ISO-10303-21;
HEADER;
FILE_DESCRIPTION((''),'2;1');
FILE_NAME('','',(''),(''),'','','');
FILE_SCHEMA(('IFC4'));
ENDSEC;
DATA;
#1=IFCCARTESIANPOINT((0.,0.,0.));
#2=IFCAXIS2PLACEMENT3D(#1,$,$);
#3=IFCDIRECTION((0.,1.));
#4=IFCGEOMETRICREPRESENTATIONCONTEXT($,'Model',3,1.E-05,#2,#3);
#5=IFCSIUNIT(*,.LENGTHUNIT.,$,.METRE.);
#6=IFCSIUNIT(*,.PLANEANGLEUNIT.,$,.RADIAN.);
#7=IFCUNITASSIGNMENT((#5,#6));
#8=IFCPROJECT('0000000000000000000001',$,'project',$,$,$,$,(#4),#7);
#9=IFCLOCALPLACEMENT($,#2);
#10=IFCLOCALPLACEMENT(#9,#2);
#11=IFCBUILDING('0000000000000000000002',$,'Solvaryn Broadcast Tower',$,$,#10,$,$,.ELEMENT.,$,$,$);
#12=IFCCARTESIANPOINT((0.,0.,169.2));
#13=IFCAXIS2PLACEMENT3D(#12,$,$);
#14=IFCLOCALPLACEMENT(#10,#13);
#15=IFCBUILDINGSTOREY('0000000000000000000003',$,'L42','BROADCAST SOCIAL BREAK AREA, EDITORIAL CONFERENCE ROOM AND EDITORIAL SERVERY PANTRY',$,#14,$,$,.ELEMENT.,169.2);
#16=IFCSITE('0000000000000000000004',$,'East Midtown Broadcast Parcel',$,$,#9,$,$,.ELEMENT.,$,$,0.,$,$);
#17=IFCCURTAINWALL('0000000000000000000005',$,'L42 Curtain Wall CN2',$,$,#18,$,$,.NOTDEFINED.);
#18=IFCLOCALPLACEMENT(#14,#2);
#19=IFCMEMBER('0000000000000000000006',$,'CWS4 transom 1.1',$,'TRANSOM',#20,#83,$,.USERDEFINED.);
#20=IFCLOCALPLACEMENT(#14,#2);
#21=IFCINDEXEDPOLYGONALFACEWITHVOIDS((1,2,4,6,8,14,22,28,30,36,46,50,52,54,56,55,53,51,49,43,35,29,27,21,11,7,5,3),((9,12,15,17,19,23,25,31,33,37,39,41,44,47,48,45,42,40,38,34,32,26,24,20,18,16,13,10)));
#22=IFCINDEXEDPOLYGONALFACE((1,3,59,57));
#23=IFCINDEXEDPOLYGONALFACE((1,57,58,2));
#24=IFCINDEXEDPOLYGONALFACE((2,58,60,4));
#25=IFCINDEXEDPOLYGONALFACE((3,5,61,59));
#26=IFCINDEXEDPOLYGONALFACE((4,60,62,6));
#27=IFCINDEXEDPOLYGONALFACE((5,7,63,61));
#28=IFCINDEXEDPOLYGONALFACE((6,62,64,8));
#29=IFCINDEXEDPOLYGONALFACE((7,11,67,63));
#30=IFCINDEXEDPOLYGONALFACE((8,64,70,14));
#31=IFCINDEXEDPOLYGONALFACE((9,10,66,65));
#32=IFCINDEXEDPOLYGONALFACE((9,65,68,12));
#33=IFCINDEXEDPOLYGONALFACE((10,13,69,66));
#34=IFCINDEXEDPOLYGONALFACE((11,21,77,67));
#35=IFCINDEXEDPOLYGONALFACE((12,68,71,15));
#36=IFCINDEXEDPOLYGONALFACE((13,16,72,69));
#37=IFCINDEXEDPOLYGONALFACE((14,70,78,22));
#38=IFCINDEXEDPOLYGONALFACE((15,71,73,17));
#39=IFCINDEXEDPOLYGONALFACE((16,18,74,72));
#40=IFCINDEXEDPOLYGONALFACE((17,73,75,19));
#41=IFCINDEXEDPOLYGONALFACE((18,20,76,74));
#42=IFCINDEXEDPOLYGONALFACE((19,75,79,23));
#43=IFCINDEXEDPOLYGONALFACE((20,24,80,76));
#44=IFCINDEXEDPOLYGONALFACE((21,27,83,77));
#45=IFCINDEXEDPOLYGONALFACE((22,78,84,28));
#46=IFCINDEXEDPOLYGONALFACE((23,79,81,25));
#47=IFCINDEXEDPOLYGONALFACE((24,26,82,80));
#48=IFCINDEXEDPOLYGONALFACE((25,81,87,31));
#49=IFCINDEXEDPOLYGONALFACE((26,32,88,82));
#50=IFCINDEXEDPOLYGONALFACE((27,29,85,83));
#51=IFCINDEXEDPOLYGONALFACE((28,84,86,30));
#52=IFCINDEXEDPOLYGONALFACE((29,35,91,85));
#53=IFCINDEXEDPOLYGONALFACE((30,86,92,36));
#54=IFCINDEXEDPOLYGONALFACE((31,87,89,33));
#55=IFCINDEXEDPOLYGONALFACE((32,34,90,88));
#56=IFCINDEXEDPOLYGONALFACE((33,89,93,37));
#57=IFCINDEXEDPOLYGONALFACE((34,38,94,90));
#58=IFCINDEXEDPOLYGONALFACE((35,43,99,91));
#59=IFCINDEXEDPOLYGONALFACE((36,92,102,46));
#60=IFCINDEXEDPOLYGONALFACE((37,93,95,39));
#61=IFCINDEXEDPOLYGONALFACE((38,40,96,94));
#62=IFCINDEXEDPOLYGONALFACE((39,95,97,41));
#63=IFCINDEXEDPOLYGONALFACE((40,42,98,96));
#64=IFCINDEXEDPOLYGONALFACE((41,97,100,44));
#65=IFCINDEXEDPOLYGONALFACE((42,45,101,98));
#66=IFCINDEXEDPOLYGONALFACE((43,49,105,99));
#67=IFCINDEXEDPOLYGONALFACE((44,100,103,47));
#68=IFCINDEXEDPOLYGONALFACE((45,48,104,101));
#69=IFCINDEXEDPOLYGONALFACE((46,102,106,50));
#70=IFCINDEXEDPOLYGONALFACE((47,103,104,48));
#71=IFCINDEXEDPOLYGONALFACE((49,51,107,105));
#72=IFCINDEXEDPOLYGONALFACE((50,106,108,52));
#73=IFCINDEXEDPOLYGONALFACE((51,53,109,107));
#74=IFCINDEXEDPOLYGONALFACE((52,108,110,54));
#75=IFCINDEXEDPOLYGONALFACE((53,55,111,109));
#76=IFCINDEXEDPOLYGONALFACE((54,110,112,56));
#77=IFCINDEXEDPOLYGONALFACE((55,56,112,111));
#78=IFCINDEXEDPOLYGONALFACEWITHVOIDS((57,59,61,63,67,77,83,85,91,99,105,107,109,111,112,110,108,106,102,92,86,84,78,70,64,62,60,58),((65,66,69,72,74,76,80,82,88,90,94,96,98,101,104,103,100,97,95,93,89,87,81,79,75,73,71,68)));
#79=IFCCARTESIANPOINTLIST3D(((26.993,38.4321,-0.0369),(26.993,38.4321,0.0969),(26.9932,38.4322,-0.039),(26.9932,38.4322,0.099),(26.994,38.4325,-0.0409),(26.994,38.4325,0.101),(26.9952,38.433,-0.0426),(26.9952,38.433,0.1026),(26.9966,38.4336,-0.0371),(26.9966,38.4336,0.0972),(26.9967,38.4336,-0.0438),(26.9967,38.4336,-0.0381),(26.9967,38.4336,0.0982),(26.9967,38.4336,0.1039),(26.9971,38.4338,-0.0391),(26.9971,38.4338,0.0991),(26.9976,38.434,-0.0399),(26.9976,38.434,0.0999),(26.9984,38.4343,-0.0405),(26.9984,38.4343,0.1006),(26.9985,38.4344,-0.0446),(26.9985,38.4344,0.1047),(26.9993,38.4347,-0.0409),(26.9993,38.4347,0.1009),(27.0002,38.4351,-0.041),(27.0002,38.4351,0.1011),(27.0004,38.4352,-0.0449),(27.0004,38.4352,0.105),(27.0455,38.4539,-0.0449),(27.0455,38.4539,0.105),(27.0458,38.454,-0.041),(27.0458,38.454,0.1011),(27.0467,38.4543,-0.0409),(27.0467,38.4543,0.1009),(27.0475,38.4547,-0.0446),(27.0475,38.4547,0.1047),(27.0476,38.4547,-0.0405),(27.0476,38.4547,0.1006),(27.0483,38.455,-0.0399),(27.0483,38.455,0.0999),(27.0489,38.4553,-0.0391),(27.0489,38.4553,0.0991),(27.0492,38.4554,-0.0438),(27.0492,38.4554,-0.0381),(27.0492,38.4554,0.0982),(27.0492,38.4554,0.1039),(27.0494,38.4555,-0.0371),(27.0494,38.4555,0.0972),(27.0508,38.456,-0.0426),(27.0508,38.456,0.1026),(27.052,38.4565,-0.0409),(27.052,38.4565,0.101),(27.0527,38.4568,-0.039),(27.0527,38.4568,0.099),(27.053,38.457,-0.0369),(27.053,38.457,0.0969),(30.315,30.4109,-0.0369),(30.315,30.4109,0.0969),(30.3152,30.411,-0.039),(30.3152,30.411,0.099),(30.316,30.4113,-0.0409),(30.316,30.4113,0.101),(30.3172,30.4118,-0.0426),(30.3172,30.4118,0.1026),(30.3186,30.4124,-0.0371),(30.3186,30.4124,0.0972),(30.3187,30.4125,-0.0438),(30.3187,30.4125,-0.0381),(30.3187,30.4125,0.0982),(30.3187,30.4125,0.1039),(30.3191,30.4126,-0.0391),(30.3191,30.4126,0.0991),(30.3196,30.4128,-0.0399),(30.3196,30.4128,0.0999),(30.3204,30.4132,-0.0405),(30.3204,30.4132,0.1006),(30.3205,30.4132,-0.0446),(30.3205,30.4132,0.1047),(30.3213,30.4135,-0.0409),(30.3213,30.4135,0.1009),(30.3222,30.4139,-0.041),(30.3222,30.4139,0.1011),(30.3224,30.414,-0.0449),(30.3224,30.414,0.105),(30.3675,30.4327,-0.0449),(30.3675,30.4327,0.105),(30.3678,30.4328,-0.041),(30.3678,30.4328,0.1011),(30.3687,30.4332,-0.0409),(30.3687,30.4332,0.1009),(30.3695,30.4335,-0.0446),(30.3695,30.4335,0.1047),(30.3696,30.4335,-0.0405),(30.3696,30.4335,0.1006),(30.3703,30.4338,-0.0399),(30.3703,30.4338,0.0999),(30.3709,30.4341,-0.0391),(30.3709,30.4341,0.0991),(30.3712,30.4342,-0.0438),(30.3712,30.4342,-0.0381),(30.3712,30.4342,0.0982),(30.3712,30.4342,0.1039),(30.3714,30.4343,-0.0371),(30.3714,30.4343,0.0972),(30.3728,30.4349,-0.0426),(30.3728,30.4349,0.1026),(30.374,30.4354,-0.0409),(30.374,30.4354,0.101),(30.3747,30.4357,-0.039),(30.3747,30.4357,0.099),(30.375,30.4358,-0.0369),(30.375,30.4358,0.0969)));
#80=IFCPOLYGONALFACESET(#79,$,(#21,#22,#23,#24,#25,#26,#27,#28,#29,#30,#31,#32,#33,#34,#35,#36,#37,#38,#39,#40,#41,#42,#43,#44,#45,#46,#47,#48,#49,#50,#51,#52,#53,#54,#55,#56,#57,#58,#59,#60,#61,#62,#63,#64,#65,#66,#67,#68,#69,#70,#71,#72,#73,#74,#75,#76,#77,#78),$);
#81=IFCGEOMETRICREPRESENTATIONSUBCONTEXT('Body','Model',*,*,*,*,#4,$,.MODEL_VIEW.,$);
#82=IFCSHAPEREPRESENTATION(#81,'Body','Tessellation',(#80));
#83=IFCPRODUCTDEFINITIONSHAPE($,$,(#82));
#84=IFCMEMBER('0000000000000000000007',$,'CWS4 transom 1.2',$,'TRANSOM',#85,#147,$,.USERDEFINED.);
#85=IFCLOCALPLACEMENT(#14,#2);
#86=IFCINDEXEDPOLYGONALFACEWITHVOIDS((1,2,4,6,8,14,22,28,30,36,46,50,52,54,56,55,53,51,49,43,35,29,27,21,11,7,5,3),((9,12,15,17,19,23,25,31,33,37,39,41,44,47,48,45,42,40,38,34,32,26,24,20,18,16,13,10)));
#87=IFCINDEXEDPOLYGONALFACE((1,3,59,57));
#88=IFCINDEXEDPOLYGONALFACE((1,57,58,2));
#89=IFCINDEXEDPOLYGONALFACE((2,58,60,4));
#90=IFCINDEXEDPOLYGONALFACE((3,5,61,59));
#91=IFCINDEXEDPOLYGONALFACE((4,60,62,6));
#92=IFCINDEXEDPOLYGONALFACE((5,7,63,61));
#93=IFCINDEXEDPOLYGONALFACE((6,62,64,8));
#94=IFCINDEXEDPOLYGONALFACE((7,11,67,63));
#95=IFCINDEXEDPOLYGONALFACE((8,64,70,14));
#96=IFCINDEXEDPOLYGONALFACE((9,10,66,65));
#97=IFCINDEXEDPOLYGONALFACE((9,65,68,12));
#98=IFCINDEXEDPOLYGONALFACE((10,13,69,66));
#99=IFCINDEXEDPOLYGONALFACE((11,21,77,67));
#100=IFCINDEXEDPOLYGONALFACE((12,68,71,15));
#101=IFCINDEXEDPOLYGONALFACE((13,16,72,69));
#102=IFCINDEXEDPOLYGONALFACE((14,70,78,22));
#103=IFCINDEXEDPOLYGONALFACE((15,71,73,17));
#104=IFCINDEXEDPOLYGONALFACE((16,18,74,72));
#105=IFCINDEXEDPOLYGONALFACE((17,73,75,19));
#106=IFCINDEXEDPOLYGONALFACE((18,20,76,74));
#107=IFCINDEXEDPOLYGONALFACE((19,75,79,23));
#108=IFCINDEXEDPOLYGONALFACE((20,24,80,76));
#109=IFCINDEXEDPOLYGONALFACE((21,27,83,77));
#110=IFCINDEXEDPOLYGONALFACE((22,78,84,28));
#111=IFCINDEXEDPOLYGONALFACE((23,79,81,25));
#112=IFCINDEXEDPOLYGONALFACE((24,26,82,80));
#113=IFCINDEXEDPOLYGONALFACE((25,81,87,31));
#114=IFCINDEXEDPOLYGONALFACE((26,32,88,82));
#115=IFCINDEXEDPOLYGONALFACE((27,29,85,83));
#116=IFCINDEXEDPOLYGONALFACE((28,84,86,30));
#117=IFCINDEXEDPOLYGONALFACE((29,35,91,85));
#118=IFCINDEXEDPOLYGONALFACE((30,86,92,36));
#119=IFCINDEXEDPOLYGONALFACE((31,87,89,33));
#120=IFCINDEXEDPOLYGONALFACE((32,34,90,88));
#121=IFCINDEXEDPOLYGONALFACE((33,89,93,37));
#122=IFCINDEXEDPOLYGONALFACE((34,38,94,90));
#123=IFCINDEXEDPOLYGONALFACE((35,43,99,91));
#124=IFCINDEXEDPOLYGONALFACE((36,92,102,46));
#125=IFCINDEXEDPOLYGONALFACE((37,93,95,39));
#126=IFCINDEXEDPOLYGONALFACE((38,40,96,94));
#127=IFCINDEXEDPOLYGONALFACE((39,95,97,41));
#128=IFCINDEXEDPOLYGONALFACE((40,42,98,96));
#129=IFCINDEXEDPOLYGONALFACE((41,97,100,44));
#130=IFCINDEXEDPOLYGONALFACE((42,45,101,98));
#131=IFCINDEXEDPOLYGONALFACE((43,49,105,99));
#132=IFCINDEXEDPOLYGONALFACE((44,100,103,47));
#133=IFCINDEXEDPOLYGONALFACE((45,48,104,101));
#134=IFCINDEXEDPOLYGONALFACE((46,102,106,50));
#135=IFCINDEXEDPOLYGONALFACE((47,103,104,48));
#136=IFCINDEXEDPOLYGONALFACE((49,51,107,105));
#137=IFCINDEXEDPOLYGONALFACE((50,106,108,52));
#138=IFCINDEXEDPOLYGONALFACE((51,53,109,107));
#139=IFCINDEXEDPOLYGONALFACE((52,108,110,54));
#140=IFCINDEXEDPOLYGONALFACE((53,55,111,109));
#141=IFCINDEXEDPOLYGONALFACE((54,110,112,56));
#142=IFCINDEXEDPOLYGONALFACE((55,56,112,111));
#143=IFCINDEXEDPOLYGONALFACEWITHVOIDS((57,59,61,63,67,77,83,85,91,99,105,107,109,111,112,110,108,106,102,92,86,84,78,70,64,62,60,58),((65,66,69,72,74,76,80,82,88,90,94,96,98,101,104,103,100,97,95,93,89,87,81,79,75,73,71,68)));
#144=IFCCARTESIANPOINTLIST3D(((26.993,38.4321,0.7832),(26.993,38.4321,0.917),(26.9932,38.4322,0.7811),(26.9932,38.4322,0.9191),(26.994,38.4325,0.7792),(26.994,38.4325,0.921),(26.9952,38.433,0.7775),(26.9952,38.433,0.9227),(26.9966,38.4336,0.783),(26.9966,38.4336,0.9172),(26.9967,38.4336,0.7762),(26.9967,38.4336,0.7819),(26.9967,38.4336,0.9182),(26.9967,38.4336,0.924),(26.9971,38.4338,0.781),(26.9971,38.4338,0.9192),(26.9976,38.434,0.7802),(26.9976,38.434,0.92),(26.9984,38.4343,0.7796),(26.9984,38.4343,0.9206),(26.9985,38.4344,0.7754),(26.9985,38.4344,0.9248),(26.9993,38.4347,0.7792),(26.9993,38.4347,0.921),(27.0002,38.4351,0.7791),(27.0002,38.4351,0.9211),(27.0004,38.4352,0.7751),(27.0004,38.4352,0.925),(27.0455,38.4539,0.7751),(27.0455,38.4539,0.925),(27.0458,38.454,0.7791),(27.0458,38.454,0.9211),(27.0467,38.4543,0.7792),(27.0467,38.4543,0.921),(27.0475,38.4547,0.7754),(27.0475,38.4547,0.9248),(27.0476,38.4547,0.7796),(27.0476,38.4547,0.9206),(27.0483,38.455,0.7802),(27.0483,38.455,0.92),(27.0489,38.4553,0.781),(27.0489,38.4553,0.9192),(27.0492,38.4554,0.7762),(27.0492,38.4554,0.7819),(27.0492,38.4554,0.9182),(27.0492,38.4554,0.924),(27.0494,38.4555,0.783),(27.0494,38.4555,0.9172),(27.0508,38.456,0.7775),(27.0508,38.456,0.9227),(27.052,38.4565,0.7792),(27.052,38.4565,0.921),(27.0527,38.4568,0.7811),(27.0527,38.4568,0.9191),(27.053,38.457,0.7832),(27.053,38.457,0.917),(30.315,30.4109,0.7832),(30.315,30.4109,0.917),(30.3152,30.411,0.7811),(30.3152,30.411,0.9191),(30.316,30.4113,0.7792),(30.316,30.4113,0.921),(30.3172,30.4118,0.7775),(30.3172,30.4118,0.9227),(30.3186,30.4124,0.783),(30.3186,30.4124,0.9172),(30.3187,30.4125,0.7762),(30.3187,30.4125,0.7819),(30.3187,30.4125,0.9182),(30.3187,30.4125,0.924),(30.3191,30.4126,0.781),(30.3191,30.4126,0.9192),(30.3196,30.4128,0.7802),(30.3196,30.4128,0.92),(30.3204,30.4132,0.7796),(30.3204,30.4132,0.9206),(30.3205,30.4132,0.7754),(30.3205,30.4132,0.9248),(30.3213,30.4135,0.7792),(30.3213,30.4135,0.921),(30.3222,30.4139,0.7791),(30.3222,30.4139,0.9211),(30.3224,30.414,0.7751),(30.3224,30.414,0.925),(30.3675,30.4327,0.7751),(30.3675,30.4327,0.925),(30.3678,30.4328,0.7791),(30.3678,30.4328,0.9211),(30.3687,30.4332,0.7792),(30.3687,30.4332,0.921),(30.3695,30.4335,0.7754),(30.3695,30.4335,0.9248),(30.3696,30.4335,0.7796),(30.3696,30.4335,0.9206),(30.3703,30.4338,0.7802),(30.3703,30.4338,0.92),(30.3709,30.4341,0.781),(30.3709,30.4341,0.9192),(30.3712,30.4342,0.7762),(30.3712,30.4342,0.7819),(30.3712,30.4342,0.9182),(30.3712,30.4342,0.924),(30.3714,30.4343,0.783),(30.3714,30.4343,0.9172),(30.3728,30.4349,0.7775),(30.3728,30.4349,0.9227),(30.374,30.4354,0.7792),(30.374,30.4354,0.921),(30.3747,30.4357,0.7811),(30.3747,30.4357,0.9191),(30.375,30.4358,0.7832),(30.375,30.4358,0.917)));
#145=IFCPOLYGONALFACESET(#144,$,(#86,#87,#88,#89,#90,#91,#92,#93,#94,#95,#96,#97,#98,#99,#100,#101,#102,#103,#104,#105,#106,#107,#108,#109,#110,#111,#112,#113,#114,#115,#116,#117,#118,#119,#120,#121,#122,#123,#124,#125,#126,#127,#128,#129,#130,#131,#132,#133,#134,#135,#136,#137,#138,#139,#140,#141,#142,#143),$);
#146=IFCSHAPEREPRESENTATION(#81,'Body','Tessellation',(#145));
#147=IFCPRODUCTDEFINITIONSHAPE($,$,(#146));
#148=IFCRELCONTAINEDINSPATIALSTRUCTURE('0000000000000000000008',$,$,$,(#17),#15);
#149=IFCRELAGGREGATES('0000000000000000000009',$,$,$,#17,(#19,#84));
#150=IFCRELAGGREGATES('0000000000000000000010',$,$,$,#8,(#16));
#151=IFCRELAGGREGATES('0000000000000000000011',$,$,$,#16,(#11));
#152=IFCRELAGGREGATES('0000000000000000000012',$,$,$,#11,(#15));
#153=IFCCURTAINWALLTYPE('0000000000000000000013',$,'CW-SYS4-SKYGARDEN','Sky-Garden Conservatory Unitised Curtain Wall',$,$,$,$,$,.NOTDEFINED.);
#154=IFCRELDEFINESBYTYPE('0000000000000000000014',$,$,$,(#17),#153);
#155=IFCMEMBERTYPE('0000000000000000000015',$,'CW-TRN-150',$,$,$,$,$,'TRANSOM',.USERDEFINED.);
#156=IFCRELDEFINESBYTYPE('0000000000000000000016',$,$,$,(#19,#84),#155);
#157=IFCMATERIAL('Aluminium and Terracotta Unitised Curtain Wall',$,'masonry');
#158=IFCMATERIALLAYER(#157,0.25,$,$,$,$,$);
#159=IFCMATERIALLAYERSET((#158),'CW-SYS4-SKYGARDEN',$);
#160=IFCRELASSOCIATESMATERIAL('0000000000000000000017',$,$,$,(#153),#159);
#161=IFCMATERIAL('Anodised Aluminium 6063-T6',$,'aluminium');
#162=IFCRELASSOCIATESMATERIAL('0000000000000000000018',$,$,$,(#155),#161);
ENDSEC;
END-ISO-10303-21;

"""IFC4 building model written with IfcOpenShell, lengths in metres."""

from ifc_helpers import new_model, si_unit, direction, frame, origin, origin_2d, place, context, subcontext, project, spatial, hollow_rectangle, extrude, material, layer, layer_set, material_profile, profile_set, type_object, element, aggregate, save


model = new_model("IFC4")

# Units and contexts
model_context = context("Model", 3, precision=1e-05, world=origin(), true_north=direction((0.0, 1.0)))
body_context = subcontext(model_context, "Body", "Model", "MODEL_VIEW")
ifc_project = project(units=[si_unit("LENGTHUNIT", "METRE"), si_unit("PLANEANGLEUNIT", "RADIAN")], contexts=[model_context])

# Site, building, storey
site_placement = place(None, origin())
site = spatial("IfcSite", under=ifc_project, at=site_placement, Name="East Midtown Broadcast Parcel", CompositionType="ELEMENT", RefElevation=0.0)
building_placement = place(site_placement, origin())
building = spatial("IfcBuilding", under=site, at=building_placement, Name="Solvaryn Broadcast Tower", CompositionType="ELEMENT")
storey_placement = place(building_placement, frame((0.0, 0.0, 169.2)))
storey = spatial("IfcBuildingStorey", under=building, at=storey_placement, Name="L42", Description="BROADCAST SOCIAL BREAK AREA, EDITORIAL CONFERENCE ROOM AND EDITORIAL SERVERY PANTRY", CompositionType="ELEMENT", Elevation=169.2)

# Shared definitions
ifc_material_1 = material(Name="Aluminium and Terracotta Unitised Curtain Wall", Category="masonry")
ifc_layer_1 = layer(ifc_material_1, 0.25)
ifc_layer_set_1 = layer_set([ifc_layer_1], Name="CW-SYS4-SKYGARDEN")
curtain_wall_type = type_object("IfcCurtainWallType", Name="CW-SYS4-SKYGARDEN", Description="Sky-Garden Conservatory Unitised Curtain Wall", PredefinedType="NOTDEFINED", material=ifc_layer_set_1)

# Curtain wall, members
curtain_wall_1_placement = place(storey_placement, origin())
curtain_wall_1 = element("IfcCurtainWall", 1, at=curtain_wall_1_placement, inside=storey, type_object=curtain_wall_type, Name="L42 Curtain Wall CN2", PredefinedType="NOTDEFINED")
ifc_material_2 = material(Name="Anodised Aluminium 6063-T6", Category="aluminium")
ifc_material_profile_1 = material_profile(ifc_material_2, hollow_rectangle(XDim=0.0649, YDim=0.1499, WallThickness=0.0039, InnerFilletRadius=0.0039, OuterFilletRadius=0.0081, at=origin_2d()))
ifc_profile_set_1 = profile_set([ifc_material_profile_1], Name="Anodised Aluminium 6063-T6")
member_type_1 = type_object("IfcMemberType", Name="CW-TRN-150", ElementType="TRANSOM", PredefinedType="USERDEFINED", material=ifc_profile_set_1)
member_1_placement = place(storey_placement, frame((30.345, 30.4233, 0.03), z_axis=(-0.382636, 0.923899, 0.0), x_axis=(-0.923899, -0.382636, 0.0)))
member_1 = element("IfcMember", 2, at=member_1_placement, type_object=member_type_1, Name="CWS4 transom 1.1", ObjectType="TRANSOM", PredefinedType="USERDEFINED", context=body_context, shape_type="SweptSolid", body=[
    extrude(hollow_rectangle(XDim=0.0649, YDim=0.1499, WallThickness=0.0039, InnerFilletRadius=0.0039, OuterFilletRadius=0.0081, at=origin_2d()), origin(), (0.0, 0.0, 1.0), 8.6819),
])
member_2_placement = place(storey_placement, frame((30.345, 30.4233, 0.8501), z_axis=(-0.382636, 0.923899, 0.0), x_axis=(-0.923899, -0.382636, 0.0)))
member_2 = element("IfcMember", 3, at=member_2_placement, type_object=member_type_1, Name="CWS4 transom 1.2", ObjectType="TRANSOM", PredefinedType="USERDEFINED", context=body_context, shape_type="SweptSolid", body=[
    extrude(hollow_rectangle(XDim=0.0649, YDim=0.1499, WallThickness=0.0039, InnerFilletRadius=0.0039, OuterFilletRadius=0.0081, at=origin_2d()), origin(), (0.0, 0.0, 1.0), 8.6819),
])
aggregate(curtain_wall_1, [member_1, member_2])

save(model, "model.ifc")
